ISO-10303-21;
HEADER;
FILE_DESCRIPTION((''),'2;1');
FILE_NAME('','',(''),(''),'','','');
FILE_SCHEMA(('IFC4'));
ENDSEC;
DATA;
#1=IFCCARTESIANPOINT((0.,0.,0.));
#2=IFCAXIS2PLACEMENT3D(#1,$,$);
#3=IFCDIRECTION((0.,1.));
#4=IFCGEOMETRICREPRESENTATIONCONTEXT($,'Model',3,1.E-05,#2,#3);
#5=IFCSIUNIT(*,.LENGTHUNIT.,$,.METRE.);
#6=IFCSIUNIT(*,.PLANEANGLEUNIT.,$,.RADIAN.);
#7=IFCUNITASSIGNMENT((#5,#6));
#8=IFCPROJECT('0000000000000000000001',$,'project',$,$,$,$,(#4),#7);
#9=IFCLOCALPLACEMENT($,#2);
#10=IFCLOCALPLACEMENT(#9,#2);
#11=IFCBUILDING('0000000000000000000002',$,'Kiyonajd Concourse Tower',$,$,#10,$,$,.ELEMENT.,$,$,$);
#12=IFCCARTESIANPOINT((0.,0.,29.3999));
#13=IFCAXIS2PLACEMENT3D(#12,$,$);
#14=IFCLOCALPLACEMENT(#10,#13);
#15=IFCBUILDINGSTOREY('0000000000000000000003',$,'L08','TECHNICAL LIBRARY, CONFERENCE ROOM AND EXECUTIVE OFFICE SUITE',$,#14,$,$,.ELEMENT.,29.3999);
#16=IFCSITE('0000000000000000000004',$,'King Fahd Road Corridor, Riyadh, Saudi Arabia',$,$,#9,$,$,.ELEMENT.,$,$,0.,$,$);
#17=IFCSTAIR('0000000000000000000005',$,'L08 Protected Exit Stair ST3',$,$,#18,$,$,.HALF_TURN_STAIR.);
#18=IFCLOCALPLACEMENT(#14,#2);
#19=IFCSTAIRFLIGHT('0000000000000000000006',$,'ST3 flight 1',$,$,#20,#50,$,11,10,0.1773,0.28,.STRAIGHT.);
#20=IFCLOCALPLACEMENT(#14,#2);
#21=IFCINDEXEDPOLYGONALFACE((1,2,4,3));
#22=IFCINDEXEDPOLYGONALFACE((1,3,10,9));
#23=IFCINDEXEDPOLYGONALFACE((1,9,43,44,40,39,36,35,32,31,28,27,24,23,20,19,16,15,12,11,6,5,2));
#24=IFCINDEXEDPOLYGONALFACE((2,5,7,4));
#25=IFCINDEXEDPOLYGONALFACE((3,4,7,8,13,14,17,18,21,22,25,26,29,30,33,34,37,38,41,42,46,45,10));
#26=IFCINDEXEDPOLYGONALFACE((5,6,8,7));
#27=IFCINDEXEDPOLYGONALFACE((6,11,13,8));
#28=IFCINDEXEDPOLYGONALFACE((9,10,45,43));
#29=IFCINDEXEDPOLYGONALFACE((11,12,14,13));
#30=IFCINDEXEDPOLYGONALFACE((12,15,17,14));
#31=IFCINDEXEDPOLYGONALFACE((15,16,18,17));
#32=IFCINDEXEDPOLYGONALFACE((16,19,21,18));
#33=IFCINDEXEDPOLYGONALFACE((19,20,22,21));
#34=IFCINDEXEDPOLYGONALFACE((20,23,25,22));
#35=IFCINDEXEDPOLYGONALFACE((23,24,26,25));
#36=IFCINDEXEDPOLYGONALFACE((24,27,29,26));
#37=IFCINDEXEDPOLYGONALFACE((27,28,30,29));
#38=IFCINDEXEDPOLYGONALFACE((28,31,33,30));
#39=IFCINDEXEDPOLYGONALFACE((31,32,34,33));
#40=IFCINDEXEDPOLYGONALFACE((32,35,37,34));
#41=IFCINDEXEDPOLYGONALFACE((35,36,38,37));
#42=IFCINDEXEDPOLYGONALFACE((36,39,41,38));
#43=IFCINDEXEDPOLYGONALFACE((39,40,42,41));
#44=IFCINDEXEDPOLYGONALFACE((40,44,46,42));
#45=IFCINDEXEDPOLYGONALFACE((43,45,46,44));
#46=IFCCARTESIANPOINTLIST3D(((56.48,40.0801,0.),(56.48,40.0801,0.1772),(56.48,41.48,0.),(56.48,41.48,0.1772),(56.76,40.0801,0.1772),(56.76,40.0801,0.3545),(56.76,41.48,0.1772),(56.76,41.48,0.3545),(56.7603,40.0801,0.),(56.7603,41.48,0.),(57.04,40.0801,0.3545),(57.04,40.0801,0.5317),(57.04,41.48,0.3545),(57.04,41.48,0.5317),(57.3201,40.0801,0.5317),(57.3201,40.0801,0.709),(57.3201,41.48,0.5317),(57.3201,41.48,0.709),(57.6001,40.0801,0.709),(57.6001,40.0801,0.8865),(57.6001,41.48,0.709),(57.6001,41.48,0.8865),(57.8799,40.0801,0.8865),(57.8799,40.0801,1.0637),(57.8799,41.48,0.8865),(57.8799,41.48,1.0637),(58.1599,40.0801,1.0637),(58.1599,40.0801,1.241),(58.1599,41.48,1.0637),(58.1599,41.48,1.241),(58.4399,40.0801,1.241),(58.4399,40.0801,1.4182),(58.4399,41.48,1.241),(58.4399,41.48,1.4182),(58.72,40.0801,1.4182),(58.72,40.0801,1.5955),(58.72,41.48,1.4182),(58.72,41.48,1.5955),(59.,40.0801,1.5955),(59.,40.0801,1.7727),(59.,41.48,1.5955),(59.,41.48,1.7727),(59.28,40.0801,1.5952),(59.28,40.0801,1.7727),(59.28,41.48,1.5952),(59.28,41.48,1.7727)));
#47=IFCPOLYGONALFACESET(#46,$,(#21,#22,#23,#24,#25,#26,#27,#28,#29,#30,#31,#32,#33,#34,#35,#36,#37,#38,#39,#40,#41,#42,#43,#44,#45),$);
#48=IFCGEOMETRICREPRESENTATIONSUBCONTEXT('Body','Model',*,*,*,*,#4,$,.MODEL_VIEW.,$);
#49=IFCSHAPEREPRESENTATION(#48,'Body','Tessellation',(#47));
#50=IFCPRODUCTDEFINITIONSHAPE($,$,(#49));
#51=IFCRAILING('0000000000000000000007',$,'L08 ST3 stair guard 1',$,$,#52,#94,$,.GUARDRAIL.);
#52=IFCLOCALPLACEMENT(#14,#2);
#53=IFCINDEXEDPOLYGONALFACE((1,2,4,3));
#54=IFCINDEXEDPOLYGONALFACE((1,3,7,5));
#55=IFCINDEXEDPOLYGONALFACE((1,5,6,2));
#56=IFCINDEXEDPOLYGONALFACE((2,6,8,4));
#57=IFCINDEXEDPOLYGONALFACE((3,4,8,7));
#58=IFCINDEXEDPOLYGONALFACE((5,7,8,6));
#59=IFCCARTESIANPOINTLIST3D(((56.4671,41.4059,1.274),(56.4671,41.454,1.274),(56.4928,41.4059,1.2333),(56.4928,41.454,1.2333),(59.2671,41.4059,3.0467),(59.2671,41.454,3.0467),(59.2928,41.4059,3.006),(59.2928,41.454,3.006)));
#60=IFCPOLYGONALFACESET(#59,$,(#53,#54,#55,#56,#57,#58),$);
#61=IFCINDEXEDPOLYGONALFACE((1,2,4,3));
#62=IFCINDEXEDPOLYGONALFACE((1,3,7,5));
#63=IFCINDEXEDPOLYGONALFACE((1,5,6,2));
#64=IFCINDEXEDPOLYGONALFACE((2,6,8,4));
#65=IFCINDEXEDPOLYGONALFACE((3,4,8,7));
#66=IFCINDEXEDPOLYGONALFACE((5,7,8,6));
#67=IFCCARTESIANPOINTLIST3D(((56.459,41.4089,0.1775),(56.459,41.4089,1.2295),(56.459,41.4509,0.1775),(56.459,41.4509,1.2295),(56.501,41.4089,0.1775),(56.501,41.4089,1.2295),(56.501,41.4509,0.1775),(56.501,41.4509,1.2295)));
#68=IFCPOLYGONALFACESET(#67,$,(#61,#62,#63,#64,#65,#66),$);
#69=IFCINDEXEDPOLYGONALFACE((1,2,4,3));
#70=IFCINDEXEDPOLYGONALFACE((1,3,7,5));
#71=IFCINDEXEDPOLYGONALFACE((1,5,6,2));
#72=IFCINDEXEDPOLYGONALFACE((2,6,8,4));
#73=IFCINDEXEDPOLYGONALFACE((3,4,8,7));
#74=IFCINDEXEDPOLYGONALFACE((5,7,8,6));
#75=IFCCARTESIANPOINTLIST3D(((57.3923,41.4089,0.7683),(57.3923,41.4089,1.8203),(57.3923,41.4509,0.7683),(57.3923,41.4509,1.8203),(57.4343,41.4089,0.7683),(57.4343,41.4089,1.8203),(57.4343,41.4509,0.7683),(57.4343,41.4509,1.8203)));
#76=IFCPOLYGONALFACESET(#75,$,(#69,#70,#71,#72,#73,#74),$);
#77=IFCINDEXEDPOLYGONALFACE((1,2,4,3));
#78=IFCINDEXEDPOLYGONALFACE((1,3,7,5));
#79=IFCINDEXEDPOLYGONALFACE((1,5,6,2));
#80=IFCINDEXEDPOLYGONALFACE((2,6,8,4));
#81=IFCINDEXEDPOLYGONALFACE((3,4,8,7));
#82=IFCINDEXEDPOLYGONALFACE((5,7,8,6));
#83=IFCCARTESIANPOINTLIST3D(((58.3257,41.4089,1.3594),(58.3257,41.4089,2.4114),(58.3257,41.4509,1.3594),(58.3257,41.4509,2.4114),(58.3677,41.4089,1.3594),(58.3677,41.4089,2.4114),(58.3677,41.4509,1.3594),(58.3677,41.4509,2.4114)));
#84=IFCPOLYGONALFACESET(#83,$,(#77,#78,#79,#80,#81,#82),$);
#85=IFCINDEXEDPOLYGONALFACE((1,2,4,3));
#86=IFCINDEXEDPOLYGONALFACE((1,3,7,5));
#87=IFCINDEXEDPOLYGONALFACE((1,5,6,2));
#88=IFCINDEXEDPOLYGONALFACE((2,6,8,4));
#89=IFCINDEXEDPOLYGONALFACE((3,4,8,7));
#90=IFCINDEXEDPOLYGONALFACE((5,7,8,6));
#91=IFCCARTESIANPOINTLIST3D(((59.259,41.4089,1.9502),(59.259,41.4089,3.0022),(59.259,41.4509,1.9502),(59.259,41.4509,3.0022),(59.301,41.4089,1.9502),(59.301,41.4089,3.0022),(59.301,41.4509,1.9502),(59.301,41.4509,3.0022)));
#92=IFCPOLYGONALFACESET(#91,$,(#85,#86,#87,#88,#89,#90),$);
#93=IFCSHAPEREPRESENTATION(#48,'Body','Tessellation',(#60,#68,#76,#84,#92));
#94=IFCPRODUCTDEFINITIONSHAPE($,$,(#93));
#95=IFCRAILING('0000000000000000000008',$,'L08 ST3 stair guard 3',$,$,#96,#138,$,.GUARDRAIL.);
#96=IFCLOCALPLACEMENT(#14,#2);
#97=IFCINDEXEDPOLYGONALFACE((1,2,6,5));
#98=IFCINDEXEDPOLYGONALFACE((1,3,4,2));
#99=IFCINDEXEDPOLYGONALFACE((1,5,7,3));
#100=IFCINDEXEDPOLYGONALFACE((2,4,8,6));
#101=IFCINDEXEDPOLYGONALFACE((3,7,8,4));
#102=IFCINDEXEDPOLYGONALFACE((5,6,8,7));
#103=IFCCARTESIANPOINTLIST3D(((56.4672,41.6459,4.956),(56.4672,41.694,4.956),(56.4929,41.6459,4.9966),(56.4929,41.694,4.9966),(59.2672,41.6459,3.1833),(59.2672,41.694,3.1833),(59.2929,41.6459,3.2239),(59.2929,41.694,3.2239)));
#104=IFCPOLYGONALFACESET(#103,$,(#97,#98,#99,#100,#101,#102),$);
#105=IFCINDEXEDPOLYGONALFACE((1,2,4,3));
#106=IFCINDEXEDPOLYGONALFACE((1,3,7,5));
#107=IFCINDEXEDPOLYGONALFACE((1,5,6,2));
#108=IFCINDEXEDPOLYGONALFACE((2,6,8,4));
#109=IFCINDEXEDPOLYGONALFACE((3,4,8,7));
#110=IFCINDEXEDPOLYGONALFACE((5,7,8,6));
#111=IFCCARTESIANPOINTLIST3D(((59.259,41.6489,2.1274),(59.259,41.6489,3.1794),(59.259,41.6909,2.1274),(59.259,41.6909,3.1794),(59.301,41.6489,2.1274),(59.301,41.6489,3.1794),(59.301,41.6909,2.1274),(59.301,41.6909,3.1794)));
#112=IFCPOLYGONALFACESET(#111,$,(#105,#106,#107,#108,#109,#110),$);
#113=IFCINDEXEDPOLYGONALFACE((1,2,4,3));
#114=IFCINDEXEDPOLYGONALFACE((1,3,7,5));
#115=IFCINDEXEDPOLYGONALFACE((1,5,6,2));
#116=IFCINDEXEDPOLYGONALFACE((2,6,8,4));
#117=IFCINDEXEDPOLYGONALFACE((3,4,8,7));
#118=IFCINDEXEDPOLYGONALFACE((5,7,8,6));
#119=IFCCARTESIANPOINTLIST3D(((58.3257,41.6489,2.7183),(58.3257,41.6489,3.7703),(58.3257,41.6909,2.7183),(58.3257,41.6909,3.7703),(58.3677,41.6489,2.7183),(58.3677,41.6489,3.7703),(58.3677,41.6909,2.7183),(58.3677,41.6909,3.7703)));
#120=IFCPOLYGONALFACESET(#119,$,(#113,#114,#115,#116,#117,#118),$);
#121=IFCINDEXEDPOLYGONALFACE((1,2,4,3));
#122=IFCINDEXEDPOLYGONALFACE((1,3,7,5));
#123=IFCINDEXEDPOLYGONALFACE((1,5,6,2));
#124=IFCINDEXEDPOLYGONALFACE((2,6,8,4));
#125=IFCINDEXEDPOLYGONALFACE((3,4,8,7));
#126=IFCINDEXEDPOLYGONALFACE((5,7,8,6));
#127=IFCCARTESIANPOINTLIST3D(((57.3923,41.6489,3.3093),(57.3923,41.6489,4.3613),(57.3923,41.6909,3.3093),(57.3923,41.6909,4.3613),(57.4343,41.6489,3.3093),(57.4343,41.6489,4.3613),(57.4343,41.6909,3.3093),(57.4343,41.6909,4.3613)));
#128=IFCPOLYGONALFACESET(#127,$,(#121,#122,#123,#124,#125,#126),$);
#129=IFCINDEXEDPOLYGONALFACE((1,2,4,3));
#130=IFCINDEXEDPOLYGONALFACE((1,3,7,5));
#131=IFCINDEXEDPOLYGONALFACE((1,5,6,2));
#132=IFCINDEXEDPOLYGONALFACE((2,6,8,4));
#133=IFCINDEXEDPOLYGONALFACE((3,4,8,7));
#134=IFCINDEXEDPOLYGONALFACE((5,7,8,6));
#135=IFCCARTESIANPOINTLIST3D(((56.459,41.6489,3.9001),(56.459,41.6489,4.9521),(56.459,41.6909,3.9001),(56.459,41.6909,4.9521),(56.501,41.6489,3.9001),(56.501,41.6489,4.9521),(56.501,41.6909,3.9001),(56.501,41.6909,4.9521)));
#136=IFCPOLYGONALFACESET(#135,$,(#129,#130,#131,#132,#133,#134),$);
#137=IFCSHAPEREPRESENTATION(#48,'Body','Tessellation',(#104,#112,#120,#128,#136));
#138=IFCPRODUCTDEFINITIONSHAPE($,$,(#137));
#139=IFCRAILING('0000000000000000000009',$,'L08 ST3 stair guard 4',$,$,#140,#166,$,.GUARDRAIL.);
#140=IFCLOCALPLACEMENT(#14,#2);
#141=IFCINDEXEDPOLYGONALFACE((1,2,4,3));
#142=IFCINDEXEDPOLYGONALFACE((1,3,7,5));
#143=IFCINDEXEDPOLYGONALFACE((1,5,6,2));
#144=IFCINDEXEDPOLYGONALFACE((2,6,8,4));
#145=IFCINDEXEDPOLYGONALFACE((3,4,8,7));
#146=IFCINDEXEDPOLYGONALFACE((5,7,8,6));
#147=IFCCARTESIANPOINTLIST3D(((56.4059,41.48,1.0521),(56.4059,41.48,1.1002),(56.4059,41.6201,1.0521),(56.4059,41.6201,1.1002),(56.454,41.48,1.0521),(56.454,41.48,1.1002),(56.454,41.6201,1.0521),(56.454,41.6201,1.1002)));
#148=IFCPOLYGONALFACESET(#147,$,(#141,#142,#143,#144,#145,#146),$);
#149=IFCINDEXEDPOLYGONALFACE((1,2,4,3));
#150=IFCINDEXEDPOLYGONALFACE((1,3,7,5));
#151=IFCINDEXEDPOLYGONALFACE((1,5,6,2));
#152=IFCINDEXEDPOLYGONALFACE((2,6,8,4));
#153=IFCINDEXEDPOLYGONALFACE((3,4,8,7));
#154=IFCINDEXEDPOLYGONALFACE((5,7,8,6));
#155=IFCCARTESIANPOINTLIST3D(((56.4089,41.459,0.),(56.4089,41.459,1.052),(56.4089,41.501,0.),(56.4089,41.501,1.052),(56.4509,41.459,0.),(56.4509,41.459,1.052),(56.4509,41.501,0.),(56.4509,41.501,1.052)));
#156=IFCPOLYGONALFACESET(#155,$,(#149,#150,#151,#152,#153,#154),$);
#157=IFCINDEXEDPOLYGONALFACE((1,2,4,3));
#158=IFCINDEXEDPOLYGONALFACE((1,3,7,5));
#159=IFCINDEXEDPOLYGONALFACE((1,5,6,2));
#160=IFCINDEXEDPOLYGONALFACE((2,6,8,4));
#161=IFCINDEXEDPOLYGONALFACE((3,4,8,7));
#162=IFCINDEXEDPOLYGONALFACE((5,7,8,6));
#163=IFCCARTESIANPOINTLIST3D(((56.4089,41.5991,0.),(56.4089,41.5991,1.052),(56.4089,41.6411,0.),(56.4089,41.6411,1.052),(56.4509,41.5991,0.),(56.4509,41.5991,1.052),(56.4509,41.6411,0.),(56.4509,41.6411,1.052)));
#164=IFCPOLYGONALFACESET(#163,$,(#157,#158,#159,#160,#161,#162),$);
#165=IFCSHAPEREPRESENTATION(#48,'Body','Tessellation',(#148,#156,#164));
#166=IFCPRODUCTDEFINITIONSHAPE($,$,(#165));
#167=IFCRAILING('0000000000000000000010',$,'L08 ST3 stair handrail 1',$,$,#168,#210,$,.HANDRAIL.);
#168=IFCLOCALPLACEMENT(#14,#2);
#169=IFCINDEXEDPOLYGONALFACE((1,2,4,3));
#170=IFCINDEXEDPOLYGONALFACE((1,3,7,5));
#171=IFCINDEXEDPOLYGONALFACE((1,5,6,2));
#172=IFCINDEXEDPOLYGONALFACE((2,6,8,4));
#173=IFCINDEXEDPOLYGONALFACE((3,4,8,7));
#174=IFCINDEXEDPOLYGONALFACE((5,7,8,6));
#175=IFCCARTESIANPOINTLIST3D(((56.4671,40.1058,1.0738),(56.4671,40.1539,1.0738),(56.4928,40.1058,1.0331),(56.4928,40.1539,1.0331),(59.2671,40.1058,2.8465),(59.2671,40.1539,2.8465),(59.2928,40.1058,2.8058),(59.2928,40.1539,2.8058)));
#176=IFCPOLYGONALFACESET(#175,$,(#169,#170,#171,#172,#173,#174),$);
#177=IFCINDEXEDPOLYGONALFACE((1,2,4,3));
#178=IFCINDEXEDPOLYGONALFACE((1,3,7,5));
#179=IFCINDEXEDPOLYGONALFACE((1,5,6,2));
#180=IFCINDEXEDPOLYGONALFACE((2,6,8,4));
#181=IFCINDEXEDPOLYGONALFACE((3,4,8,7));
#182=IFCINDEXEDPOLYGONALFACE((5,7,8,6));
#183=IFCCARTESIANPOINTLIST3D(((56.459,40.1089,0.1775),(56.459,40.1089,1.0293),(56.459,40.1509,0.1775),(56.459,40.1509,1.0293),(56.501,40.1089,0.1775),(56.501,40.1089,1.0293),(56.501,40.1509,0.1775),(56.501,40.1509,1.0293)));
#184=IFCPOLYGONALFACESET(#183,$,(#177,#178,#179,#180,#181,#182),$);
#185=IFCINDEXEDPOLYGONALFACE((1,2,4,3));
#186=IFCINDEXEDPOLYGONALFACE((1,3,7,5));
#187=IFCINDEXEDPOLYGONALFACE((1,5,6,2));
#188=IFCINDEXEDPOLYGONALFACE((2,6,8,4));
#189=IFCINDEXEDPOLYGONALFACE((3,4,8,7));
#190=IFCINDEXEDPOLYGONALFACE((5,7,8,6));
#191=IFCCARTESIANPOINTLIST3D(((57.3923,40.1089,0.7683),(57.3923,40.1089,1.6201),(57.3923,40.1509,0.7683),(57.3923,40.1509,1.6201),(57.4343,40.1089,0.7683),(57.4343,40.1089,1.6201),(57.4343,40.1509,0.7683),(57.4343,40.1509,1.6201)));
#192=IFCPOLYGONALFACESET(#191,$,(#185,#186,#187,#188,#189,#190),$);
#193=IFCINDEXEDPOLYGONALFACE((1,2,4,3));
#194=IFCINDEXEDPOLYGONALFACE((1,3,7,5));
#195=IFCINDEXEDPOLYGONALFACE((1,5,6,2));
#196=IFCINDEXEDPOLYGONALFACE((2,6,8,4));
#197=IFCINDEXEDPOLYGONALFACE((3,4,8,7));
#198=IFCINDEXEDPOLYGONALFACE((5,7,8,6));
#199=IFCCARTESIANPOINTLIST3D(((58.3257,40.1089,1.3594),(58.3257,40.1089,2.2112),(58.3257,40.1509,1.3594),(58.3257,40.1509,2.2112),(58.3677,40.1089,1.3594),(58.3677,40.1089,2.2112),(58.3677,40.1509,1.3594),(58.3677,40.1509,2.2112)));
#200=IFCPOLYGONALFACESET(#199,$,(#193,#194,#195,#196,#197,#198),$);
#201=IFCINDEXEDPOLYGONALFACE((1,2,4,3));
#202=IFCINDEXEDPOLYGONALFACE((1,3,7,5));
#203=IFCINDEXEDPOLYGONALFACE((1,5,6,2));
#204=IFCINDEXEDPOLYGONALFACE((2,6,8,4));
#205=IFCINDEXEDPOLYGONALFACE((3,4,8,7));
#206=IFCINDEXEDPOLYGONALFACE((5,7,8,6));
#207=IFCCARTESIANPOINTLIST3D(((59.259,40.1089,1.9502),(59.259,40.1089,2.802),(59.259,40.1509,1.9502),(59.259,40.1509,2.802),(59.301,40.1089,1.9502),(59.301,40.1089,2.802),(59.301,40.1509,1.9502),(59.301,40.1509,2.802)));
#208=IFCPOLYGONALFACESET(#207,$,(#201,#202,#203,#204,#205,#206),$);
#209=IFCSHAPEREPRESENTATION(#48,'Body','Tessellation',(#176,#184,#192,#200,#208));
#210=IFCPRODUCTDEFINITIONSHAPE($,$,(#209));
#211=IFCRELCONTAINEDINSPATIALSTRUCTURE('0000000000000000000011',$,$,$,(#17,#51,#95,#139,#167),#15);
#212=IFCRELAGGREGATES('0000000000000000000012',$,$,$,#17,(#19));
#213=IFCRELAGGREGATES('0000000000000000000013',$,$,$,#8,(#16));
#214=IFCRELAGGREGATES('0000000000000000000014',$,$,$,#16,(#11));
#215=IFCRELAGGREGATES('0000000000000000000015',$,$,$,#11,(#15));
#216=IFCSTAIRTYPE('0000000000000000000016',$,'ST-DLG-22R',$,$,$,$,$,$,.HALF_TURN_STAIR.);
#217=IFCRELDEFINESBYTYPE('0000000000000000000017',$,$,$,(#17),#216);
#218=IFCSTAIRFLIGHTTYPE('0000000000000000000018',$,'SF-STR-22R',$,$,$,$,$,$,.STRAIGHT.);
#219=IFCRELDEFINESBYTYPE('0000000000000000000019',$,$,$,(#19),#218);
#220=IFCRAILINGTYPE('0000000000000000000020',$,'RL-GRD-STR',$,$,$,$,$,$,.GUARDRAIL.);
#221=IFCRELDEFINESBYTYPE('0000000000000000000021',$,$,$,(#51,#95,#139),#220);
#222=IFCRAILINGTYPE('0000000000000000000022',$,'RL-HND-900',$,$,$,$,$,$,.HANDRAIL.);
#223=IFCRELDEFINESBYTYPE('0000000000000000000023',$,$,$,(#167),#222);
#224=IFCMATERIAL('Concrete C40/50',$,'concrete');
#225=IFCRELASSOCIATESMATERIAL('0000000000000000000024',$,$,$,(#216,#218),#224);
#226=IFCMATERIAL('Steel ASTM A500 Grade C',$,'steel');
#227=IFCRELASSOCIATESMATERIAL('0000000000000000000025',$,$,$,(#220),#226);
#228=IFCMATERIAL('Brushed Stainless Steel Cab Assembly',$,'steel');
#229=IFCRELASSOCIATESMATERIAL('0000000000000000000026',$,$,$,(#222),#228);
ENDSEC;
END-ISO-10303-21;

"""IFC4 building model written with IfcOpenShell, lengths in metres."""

from ifc_helpers import new_model, si_unit, direction, frame, origin, origin_2d, place, context, subcontext, project, spatial, polyline, rectangle, outline, extrude, material, type_object, element, aggregate, save


model = new_model("IFC4")

# Units and contexts
model_context = context("Model", 3, precision=1e-05, world=origin(), true_north=direction((0.0, 1.0)))
body_context = subcontext(model_context, "Body", "Model", "MODEL_VIEW")
ifc_project = project(units=[si_unit("LENGTHUNIT", "METRE"), si_unit("PLANEANGLEUNIT", "RADIAN")], contexts=[model_context])

# Site, building, storey
site_placement = place(None, origin())
site = spatial("IfcSite", under=ifc_project, at=site_placement, Name="King Fahd Road Corridor, Riyadh, Saudi Arabia", CompositionType="ELEMENT", RefElevation=0.0)
building_placement = place(site_placement, origin())
building = spatial("IfcBuilding", under=site, at=building_placement, Name="Kiyonajd Concourse Tower", CompositionType="ELEMENT")
storey_placement = place(building_placement, frame((0.0, 0.0, 29.3999)))
storey = spatial("IfcBuildingStorey", under=building, at=storey_placement, Name="L08", Description="TECHNICAL LIBRARY, CONFERENCE ROOM AND EXECUTIVE OFFICE SUITE", CompositionType="ELEMENT", Elevation=29.3999)

# Shared definitions
ifc_material_1 = material(Name="Brushed Stainless Steel Cab Assembly", Category="steel")

# Stair, stair flight
ifc_material_2 = material(Name="Concrete C40/50", Category="concrete")
stair_type = type_object("IfcStairType", Name="ST-DLG-22R", PredefinedType="HALF_TURN_STAIR", material=ifc_material_2)
stair_placement = place(storey_placement, origin())
stair = element("IfcStair", 1, at=stair_placement, inside=storey, type_object=stair_type, Name="L08 Protected Exit Stair ST3", PredefinedType="HALF_TURN_STAIR")
stair_flight_type = type_object("IfcStairFlightType", Name="SF-STR-22R", PredefinedType="STRAIGHT", material=ifc_material_2)
stair_flight_placement = place(storey_placement, frame((56.48, 40.78, 0.0), z_axis=(0.0, 0.0, 1.0), x_axis=(1.0, 0.0, 0.0)))
stair_flight = element("IfcStairFlight", 2, at=stair_flight_placement, type_object=stair_flight_type, Name="ST3 flight 1", NumberOfRisers=11, NumberOfTreads=10, PredefinedType="STRAIGHT", RiserHeight=0.1773, TreadLength=0.28, context=body_context, shape_type="SweptSolid", body=[
    extrude(outline(polyline([(0.0, 0.0), (0.0, 0.1772), (0.28, 0.1772), (0.28, 0.3545), (0.5601, 0.3545), (0.5601, 0.5317), (0.8401, 0.5317), (0.8401, 0.709), (1.1201, 0.709), (1.1201, 0.8865), (1.3999, 0.8865), (1.3999, 1.0637), (1.6799, 1.0637), (1.6799, 1.241), (1.96, 1.241), (1.96, 1.4182), (2.24, 1.4182), (2.24, 1.5955), (2.52, 1.5955), (2.52, 1.7727), (2.8, 1.7727), (2.8, 1.95), (2.8, 1.5952), (0.2803, 0.0), (0.0, 0.0)])), frame((0.0, 0.7, 0.0), z_axis=(0.0, -1.0, 0.0), x_axis=(1.0, 0.0, 0.0)), (0.0, 0.0, 1.0), 1.3999),
])
aggregate(stair, [stair_flight])

# Railings
ifc_material_3 = material(Name="Steel ASTM A500 Grade C", Category="steel")
railing_type_1 = type_object("IfcRailingType", Name="RL-GRD-STR", PredefinedType="GUARDRAIL", material=ifc_material_3)
railing_1_placement = place(storey_placement, frame((56.48, 41.4299, 0.1775)))
element("IfcRailing", 3, at=railing_1_placement, inside=storey, type_object=railing_type_1, Name="L08 ST3 stair guard 1", PredefinedType="GUARDRAIL", context=body_context, shape_type="SweptSolid", body=[
    extrude(rectangle(XDim=0.0481, YDim=0.0481, at=origin_2d()), frame((0.0, 0.0, 1.0762), z_axis=(0.844909, 0.0, 0.53491), x_axis=(0.0, 1.0, 0.0)), (0.0, 0.0, 1.0), 3.314),
    extrude(rectangle(XDim=0.042, YDim=0.042, at=origin_2d()), origin(), (0.0, 0.0, 1.0), 1.052),
    extrude(rectangle(XDim=0.042, YDim=0.042, at=origin_2d()), frame((0.9333, 0.0, 0.5908)), (0.0, 0.0, 1.0), 1.052),
    extrude(rectangle(XDim=0.042, YDim=0.042, at=origin_2d()), frame((1.8667, 0.0, 1.1819)), (0.0, 0.0, 1.0), 1.052),
    extrude(rectangle(XDim=0.042, YDim=0.042, at=origin_2d()), frame((2.8, 0.0, 1.7727)), (0.0, 0.0, 1.0), 1.052),
])
railing_2_placement = place(storey_placement, frame((59.28, 41.6699, 2.1274)))
element("IfcRailing", 4, at=railing_2_placement, inside=storey, type_object=railing_type_1, Name="L08 ST3 stair guard 3", PredefinedType="GUARDRAIL", context=body_context, shape_type="SweptSolid", body=[
    extrude(rectangle(XDim=0.0481, YDim=0.0481, at=origin_2d()), frame((0.0, 0.0, 1.0762), z_axis=(-0.844909, 0.0, 0.53491), x_axis=(0.0, -1.0, 0.0)), (0.0, 0.0, 1.0), 3.314),
    extrude(rectangle(XDim=0.042, YDim=0.042, at=origin_2d()), origin(), (0.0, 0.0, 1.0), 1.052),
    extrude(rectangle(XDim=0.042, YDim=0.042, at=origin_2d()), frame((-0.9333, 0.0, 0.5908)), (0.0, 0.0, 1.0), 1.052),
    extrude(rectangle(XDim=0.042, YDim=0.042, at=origin_2d()), frame((-1.8667, 0.0, 1.1819)), (0.0, 0.0, 1.0), 1.052),
    extrude(rectangle(XDim=0.042, YDim=0.042, at=origin_2d()), frame((-2.8, 0.0, 1.7727)), (0.0, 0.0, 1.0), 1.052),
])
railing_3_placement = place(storey_placement, frame((56.4299, 41.48, 0.0)))
element("IfcRailing", 5, at=railing_3_placement, inside=storey, type_object=railing_type_1, Name="L08 ST3 stair guard 4", PredefinedType="GUARDRAIL", context=body_context, shape_type="SweptSolid", body=[
    extrude(rectangle(XDim=0.0481, YDim=0.0481, at=origin_2d()), frame((0.0, 0.0, 1.0762), z_axis=(0.0, 1.0, 0.0), x_axis=(-1.0, 0.0, 0.0)), (0.0, 0.0, 1.0), 0.1401),
    extrude(rectangle(XDim=0.042, YDim=0.042, at=origin_2d()), origin(), (0.0, 0.0, 1.0), 1.052),
    extrude(rectangle(XDim=0.042, YDim=0.042, at=origin_2d()), frame((0.0, 0.1401, 0.0)), (0.0, 0.0, 1.0), 1.052),
])
railing_type_2 = type_object("IfcRailingType", Name="RL-HND-900", PredefinedType="HANDRAIL", material=ifc_material_1)
railing_4_placement = place(storey_placement, frame((56.48, 40.1299, 0.1775)))
element("IfcRailing", 6, at=railing_4_placement, inside=storey, type_object=railing_type_2, Name="L08 ST3 stair handrail 1", PredefinedType="HANDRAIL", context=body_context, shape_type="SweptSolid", body=[
    extrude(rectangle(XDim=0.0481, YDim=0.0481, at=origin_2d()), frame((0.0, 0.0, 0.876), z_axis=(0.844909, 0.0, 0.53491), x_axis=(0.0, 1.0, 0.0)), (0.0, 0.0, 1.0), 3.314),
    extrude(rectangle(XDim=0.042, YDim=0.042, at=origin_2d()), origin(), (0.0, 0.0, 1.0), 0.8518),
    extrude(rectangle(XDim=0.042, YDim=0.042, at=origin_2d()), frame((0.9333, 0.0, 0.5908)), (0.0, 0.0, 1.0), 0.8518),
    extrude(rectangle(XDim=0.042, YDim=0.042, at=origin_2d()), frame((1.8667, 0.0, 1.1819)), (0.0, 0.0, 1.0), 0.8518),
    extrude(rectangle(XDim=0.042, YDim=0.042, at=origin_2d()), frame((2.8, 0.0, 1.7727)), (0.0, 0.0, 1.0), 0.8518),
])

save(model, "model.ifc")
